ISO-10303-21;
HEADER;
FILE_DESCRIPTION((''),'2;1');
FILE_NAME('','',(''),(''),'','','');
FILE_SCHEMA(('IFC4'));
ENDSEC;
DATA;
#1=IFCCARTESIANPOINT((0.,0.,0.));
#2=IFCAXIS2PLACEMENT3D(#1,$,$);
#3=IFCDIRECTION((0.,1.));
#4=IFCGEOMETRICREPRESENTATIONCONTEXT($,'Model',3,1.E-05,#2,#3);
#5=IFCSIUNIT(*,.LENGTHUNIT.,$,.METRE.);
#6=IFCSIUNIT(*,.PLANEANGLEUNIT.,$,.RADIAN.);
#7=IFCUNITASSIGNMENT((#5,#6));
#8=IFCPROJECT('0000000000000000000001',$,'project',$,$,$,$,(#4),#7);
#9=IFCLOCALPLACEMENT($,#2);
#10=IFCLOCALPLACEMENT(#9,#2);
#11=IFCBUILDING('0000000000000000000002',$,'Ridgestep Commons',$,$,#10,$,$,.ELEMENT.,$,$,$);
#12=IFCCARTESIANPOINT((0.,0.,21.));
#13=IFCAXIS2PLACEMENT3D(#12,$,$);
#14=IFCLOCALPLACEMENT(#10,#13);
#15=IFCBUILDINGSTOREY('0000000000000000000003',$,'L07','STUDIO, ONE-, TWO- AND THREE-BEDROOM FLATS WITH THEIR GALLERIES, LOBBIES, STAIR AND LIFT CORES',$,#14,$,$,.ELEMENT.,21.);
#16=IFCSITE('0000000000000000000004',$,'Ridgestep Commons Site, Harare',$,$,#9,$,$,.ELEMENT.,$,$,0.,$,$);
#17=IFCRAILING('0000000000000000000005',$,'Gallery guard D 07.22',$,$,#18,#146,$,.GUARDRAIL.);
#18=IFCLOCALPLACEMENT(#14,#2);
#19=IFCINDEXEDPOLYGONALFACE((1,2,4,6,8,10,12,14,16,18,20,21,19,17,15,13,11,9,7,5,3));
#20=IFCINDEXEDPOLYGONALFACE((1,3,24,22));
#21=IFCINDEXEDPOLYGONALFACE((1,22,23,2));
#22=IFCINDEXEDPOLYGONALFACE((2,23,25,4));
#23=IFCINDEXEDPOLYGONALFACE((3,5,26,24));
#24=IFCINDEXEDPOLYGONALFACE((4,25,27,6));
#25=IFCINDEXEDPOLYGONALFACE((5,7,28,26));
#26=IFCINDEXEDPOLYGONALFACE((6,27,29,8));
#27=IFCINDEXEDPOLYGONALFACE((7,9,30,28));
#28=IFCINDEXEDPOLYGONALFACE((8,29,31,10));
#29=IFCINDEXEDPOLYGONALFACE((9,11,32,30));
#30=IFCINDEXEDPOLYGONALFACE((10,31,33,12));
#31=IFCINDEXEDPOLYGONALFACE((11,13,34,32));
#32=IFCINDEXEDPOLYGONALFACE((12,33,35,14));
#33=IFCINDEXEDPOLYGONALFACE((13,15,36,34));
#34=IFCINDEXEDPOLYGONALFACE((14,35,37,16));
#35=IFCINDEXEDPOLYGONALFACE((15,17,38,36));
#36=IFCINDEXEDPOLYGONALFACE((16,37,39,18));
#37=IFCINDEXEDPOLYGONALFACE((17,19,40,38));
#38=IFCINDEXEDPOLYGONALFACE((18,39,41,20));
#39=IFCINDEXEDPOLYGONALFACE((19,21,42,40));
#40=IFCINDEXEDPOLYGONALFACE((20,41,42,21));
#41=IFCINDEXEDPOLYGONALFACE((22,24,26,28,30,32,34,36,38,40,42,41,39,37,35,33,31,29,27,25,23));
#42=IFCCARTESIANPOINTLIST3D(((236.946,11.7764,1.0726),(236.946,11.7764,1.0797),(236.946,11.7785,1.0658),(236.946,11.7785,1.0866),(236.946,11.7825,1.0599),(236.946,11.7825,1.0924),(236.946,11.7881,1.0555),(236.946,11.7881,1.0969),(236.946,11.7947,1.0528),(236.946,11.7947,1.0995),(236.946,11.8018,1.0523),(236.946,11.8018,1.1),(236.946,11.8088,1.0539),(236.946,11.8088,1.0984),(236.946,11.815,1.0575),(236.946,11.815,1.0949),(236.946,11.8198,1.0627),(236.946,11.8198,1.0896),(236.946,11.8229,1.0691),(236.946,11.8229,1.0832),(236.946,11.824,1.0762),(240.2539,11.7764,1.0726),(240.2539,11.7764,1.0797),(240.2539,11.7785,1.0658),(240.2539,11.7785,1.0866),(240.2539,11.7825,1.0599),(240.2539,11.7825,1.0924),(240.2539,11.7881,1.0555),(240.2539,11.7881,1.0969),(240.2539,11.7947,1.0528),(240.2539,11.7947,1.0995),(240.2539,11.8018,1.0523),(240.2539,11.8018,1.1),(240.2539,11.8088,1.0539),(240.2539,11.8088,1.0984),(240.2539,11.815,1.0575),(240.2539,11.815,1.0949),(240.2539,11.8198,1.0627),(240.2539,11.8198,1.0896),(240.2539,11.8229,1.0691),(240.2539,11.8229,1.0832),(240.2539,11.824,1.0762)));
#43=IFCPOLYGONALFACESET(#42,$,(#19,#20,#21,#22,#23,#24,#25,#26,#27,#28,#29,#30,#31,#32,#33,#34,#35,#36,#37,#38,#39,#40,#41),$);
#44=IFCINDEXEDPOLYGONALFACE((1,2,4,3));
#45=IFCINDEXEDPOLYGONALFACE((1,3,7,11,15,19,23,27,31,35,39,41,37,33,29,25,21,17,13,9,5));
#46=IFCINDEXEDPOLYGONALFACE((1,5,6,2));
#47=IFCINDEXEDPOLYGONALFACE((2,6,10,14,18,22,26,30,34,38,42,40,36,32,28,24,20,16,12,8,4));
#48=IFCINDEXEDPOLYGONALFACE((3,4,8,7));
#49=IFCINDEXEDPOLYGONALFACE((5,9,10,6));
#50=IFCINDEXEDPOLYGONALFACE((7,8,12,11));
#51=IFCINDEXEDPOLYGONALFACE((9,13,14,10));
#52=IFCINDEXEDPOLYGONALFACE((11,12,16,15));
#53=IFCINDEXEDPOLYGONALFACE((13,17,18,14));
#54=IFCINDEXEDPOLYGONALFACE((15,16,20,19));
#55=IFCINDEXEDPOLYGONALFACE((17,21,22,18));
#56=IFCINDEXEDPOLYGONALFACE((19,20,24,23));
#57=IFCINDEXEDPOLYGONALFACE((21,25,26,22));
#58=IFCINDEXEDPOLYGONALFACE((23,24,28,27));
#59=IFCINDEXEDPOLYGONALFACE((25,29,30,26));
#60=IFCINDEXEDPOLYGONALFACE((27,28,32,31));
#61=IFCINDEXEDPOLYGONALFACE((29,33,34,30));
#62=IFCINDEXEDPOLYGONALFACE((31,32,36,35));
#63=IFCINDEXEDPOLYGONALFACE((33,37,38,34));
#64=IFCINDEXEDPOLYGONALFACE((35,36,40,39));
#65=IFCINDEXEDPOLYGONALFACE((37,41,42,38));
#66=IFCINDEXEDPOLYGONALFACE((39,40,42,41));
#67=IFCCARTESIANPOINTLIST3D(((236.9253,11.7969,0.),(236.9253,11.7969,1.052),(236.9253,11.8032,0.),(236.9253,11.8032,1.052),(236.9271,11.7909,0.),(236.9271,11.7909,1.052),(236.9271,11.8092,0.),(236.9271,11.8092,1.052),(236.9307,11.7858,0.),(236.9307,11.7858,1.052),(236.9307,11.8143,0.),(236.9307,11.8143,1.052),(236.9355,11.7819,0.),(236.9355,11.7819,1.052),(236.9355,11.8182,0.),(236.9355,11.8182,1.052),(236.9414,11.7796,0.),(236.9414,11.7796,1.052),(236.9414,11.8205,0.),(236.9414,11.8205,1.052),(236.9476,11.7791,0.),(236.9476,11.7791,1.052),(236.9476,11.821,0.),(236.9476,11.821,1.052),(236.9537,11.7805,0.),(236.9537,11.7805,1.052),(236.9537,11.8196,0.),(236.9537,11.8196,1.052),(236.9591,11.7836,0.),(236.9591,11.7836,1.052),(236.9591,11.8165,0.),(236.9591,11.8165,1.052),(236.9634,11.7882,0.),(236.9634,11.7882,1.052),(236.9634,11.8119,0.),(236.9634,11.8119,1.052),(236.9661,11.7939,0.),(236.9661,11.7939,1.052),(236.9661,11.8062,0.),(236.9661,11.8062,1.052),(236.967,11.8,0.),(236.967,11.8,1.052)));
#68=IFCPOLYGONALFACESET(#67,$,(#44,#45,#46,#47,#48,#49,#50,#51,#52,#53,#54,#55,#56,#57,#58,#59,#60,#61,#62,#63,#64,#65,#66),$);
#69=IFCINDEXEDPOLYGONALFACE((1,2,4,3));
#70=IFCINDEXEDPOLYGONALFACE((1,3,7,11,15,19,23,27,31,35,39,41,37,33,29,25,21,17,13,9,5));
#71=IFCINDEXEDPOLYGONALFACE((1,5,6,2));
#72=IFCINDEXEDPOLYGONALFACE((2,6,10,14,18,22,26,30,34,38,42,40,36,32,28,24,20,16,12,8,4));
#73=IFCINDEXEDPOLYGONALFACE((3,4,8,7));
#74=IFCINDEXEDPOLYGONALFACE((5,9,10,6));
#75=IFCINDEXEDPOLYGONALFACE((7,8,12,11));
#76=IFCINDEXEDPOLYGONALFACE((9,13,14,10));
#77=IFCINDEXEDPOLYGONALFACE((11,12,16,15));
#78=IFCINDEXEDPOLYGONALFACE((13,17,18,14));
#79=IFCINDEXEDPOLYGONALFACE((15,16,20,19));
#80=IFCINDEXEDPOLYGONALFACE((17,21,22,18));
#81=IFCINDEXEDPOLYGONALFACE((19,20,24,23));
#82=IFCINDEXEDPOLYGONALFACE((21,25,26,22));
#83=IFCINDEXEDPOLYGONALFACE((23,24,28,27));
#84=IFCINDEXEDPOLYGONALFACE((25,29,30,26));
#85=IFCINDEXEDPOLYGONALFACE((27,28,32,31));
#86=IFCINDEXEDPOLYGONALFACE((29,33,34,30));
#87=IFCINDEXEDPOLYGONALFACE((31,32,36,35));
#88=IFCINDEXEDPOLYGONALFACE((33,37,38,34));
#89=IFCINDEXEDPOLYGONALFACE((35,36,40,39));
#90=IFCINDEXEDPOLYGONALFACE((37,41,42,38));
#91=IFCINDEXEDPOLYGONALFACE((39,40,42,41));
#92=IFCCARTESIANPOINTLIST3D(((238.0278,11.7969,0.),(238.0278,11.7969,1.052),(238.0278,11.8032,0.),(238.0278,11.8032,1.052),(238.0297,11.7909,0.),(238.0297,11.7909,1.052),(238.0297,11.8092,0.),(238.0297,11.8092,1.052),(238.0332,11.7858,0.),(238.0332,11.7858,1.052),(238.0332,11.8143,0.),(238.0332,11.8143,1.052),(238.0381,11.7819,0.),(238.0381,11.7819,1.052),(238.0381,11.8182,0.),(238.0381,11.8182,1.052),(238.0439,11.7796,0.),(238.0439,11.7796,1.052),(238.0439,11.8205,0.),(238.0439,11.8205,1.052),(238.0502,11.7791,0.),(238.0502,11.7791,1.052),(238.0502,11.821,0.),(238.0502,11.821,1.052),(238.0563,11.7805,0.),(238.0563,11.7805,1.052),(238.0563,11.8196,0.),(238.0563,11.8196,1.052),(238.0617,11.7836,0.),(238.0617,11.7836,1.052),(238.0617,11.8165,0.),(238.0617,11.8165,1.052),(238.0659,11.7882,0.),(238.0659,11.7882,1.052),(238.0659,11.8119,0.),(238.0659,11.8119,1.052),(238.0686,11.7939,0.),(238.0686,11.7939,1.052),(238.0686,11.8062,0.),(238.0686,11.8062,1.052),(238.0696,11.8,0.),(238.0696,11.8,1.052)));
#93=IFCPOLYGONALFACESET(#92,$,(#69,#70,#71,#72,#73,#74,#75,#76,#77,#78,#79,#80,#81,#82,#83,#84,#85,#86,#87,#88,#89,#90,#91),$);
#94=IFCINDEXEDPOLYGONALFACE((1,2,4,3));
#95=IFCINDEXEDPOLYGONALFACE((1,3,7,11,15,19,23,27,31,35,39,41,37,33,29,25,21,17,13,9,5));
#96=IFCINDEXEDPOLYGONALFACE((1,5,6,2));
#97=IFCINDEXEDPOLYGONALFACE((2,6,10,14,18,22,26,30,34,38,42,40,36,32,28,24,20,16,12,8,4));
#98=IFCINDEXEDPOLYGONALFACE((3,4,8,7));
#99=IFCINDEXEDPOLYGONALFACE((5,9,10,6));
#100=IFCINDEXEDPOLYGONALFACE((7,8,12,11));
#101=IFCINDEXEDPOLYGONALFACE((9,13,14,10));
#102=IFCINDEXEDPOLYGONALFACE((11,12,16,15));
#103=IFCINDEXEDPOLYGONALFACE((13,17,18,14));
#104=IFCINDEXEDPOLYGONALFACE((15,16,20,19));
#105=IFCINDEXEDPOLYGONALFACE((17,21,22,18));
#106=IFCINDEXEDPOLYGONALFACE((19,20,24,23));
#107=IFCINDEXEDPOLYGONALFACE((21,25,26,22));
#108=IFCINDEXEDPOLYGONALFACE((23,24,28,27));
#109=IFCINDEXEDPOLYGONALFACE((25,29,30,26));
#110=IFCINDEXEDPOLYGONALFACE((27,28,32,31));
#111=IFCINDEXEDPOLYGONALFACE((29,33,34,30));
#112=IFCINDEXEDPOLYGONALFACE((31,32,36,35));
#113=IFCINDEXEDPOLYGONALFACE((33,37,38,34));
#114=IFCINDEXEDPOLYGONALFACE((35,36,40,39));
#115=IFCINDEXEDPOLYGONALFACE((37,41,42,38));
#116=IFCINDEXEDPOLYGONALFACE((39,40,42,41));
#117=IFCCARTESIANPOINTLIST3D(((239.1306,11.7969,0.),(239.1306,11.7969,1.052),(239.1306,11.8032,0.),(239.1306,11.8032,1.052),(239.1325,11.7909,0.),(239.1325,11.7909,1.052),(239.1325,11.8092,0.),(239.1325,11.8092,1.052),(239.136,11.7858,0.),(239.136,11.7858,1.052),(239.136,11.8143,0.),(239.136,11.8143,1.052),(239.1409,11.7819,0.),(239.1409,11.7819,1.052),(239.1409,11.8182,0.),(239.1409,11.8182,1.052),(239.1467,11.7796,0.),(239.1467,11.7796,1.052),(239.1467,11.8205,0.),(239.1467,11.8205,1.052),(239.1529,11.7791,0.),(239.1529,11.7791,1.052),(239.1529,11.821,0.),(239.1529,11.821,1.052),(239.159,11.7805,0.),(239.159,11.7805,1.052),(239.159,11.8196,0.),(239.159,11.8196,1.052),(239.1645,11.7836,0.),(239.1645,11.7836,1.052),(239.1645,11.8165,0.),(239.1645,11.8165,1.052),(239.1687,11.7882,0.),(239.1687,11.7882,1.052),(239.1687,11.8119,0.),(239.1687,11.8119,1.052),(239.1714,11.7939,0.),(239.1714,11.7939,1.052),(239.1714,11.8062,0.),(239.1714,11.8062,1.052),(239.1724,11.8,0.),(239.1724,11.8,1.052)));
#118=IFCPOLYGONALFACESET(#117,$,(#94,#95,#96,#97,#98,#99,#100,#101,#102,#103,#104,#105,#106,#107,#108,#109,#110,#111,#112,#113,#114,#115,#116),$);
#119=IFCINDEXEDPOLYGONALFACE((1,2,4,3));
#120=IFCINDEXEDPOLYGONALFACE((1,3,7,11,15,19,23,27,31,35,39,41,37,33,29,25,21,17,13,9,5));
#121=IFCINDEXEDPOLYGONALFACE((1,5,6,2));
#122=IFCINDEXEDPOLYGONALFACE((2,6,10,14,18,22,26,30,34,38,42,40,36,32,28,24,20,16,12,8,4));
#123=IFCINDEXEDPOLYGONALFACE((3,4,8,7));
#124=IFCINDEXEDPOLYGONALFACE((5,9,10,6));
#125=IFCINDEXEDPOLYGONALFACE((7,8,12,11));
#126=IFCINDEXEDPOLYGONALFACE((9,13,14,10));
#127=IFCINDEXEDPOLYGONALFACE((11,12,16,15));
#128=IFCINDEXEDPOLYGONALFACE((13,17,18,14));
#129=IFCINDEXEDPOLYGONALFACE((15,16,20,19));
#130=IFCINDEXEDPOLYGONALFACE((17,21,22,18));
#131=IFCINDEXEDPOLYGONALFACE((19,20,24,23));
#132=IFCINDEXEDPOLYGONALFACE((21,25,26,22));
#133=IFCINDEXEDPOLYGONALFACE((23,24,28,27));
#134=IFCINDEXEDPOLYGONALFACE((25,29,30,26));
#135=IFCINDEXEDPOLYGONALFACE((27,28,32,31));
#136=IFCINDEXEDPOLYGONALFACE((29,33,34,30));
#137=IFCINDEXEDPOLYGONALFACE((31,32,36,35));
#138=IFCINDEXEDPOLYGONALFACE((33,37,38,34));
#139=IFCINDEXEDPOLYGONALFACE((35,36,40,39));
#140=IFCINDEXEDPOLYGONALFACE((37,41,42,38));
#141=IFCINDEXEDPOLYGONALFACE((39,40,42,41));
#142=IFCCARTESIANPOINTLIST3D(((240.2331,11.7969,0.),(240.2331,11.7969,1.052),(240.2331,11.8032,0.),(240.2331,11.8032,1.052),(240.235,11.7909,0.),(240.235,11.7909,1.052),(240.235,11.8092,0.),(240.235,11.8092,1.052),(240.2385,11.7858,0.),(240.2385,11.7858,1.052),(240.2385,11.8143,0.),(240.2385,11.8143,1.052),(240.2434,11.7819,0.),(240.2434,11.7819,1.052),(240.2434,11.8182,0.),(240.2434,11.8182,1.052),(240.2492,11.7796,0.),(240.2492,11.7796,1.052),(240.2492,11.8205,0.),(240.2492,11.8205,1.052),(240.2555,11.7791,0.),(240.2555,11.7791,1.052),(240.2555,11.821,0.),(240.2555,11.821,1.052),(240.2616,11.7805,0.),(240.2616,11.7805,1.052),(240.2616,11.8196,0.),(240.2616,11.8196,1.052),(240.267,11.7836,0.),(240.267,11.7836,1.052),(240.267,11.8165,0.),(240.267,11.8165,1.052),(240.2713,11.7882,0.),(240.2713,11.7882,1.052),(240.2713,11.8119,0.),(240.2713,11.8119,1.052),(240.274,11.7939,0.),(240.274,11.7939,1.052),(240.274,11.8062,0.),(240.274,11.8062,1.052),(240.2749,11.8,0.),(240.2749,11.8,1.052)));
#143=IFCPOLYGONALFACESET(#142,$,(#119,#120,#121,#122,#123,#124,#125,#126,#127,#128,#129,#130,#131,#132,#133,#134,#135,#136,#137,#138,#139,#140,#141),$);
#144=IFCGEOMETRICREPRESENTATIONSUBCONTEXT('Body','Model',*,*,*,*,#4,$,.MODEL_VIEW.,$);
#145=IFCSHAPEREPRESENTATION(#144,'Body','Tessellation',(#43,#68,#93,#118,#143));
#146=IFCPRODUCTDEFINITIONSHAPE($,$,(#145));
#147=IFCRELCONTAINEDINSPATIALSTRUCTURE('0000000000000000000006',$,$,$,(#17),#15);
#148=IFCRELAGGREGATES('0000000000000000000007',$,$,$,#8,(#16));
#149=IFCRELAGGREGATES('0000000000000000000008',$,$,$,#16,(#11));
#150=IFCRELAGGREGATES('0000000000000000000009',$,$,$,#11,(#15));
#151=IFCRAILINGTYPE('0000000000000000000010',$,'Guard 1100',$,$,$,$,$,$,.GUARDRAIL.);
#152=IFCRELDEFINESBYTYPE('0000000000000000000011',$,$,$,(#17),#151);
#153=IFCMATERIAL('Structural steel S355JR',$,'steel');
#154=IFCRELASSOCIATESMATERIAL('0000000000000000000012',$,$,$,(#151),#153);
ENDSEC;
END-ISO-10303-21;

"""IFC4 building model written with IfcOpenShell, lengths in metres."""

from ifc_helpers import new_model, si_unit, direction, frame, origin, origin_2d, place, context, subcontext, project, spatial, circle, extrude, material, type_object, element, save


model = new_model("IFC4")

# Units and contexts
model_context = context("Model", 3, precision=1e-05, world=origin(), true_north=direction((0.0, 1.0)))
body_context = subcontext(model_context, "Body", "Model", "MODEL_VIEW")
ifc_project = project(units=[si_unit("LENGTHUNIT", "METRE"), si_unit("PLANEANGLEUNIT", "RADIAN")], contexts=[model_context])

# Site, building, storey
site_placement = place(None, origin())
site = spatial("IfcSite", under=ifc_project, at=site_placement, Name="Ridgestep Commons Site, Harare", CompositionType="ELEMENT", RefElevation=0.0)
building_placement = place(site_placement, origin())
building = spatial("IfcBuilding", under=site, at=building_placement, Name="Ridgestep Commons", CompositionType="ELEMENT")
storey_placement = place(building_placement, frame((0.0, 0.0, 21.0)))
storey = spatial("IfcBuildingStorey", under=building, at=storey_placement, Name="L07", Description="STUDIO, ONE-, TWO- AND THREE-BEDROOM FLATS WITH THEIR GALLERIES, LOBBIES, STAIR AND LIFT CORES", CompositionType="ELEMENT", Elevation=21.0)

# Railing
ifc_material_1 = material(Name="Structural steel S355JR", Category="steel")
railing_type = type_object("IfcRailingType", Name="Guard 1100", PredefinedType="GUARDRAIL", material=ifc_material_1)
railing_1_placement = place(storey_placement, frame((236.946, 11.8, 0.0)))
element("IfcRailing", 1, at=railing_1_placement, inside=storey, type_object=railing_type, Name="Gallery guard D 07.22", PredefinedType="GUARDRAIL", context=body_context, shape_type="SweptSolid", body=[
    extrude(circle(Radius=0.0239, at=origin_2d()), frame((0.0, 0.0, 1.0762), z_axis=(1.0, 0.0, 0.0), x_axis=(0.0, 1.0, 0.0)), (0.0, 0.0, 1.0), 3.3079),
    extrude(circle(Radius=0.021, at=origin_2d()), origin(), (0.0, 0.0, 1.0), 1.052),
    extrude(circle(Radius=0.021, at=origin_2d()), frame((1.1025, 0.0, 0.0)), (0.0, 0.0, 1.0), 1.052),
    extrude(circle(Radius=0.021, at=origin_2d()), frame((2.2053, 0.0, 0.0)), (0.0, 0.0, 1.0), 1.052),
    extrude(circle(Radius=0.021, at=origin_2d()), frame((3.3079, 0.0, 0.0)), (0.0, 0.0, 1.0), 1.052),
])

save(model, "model.ifc")
